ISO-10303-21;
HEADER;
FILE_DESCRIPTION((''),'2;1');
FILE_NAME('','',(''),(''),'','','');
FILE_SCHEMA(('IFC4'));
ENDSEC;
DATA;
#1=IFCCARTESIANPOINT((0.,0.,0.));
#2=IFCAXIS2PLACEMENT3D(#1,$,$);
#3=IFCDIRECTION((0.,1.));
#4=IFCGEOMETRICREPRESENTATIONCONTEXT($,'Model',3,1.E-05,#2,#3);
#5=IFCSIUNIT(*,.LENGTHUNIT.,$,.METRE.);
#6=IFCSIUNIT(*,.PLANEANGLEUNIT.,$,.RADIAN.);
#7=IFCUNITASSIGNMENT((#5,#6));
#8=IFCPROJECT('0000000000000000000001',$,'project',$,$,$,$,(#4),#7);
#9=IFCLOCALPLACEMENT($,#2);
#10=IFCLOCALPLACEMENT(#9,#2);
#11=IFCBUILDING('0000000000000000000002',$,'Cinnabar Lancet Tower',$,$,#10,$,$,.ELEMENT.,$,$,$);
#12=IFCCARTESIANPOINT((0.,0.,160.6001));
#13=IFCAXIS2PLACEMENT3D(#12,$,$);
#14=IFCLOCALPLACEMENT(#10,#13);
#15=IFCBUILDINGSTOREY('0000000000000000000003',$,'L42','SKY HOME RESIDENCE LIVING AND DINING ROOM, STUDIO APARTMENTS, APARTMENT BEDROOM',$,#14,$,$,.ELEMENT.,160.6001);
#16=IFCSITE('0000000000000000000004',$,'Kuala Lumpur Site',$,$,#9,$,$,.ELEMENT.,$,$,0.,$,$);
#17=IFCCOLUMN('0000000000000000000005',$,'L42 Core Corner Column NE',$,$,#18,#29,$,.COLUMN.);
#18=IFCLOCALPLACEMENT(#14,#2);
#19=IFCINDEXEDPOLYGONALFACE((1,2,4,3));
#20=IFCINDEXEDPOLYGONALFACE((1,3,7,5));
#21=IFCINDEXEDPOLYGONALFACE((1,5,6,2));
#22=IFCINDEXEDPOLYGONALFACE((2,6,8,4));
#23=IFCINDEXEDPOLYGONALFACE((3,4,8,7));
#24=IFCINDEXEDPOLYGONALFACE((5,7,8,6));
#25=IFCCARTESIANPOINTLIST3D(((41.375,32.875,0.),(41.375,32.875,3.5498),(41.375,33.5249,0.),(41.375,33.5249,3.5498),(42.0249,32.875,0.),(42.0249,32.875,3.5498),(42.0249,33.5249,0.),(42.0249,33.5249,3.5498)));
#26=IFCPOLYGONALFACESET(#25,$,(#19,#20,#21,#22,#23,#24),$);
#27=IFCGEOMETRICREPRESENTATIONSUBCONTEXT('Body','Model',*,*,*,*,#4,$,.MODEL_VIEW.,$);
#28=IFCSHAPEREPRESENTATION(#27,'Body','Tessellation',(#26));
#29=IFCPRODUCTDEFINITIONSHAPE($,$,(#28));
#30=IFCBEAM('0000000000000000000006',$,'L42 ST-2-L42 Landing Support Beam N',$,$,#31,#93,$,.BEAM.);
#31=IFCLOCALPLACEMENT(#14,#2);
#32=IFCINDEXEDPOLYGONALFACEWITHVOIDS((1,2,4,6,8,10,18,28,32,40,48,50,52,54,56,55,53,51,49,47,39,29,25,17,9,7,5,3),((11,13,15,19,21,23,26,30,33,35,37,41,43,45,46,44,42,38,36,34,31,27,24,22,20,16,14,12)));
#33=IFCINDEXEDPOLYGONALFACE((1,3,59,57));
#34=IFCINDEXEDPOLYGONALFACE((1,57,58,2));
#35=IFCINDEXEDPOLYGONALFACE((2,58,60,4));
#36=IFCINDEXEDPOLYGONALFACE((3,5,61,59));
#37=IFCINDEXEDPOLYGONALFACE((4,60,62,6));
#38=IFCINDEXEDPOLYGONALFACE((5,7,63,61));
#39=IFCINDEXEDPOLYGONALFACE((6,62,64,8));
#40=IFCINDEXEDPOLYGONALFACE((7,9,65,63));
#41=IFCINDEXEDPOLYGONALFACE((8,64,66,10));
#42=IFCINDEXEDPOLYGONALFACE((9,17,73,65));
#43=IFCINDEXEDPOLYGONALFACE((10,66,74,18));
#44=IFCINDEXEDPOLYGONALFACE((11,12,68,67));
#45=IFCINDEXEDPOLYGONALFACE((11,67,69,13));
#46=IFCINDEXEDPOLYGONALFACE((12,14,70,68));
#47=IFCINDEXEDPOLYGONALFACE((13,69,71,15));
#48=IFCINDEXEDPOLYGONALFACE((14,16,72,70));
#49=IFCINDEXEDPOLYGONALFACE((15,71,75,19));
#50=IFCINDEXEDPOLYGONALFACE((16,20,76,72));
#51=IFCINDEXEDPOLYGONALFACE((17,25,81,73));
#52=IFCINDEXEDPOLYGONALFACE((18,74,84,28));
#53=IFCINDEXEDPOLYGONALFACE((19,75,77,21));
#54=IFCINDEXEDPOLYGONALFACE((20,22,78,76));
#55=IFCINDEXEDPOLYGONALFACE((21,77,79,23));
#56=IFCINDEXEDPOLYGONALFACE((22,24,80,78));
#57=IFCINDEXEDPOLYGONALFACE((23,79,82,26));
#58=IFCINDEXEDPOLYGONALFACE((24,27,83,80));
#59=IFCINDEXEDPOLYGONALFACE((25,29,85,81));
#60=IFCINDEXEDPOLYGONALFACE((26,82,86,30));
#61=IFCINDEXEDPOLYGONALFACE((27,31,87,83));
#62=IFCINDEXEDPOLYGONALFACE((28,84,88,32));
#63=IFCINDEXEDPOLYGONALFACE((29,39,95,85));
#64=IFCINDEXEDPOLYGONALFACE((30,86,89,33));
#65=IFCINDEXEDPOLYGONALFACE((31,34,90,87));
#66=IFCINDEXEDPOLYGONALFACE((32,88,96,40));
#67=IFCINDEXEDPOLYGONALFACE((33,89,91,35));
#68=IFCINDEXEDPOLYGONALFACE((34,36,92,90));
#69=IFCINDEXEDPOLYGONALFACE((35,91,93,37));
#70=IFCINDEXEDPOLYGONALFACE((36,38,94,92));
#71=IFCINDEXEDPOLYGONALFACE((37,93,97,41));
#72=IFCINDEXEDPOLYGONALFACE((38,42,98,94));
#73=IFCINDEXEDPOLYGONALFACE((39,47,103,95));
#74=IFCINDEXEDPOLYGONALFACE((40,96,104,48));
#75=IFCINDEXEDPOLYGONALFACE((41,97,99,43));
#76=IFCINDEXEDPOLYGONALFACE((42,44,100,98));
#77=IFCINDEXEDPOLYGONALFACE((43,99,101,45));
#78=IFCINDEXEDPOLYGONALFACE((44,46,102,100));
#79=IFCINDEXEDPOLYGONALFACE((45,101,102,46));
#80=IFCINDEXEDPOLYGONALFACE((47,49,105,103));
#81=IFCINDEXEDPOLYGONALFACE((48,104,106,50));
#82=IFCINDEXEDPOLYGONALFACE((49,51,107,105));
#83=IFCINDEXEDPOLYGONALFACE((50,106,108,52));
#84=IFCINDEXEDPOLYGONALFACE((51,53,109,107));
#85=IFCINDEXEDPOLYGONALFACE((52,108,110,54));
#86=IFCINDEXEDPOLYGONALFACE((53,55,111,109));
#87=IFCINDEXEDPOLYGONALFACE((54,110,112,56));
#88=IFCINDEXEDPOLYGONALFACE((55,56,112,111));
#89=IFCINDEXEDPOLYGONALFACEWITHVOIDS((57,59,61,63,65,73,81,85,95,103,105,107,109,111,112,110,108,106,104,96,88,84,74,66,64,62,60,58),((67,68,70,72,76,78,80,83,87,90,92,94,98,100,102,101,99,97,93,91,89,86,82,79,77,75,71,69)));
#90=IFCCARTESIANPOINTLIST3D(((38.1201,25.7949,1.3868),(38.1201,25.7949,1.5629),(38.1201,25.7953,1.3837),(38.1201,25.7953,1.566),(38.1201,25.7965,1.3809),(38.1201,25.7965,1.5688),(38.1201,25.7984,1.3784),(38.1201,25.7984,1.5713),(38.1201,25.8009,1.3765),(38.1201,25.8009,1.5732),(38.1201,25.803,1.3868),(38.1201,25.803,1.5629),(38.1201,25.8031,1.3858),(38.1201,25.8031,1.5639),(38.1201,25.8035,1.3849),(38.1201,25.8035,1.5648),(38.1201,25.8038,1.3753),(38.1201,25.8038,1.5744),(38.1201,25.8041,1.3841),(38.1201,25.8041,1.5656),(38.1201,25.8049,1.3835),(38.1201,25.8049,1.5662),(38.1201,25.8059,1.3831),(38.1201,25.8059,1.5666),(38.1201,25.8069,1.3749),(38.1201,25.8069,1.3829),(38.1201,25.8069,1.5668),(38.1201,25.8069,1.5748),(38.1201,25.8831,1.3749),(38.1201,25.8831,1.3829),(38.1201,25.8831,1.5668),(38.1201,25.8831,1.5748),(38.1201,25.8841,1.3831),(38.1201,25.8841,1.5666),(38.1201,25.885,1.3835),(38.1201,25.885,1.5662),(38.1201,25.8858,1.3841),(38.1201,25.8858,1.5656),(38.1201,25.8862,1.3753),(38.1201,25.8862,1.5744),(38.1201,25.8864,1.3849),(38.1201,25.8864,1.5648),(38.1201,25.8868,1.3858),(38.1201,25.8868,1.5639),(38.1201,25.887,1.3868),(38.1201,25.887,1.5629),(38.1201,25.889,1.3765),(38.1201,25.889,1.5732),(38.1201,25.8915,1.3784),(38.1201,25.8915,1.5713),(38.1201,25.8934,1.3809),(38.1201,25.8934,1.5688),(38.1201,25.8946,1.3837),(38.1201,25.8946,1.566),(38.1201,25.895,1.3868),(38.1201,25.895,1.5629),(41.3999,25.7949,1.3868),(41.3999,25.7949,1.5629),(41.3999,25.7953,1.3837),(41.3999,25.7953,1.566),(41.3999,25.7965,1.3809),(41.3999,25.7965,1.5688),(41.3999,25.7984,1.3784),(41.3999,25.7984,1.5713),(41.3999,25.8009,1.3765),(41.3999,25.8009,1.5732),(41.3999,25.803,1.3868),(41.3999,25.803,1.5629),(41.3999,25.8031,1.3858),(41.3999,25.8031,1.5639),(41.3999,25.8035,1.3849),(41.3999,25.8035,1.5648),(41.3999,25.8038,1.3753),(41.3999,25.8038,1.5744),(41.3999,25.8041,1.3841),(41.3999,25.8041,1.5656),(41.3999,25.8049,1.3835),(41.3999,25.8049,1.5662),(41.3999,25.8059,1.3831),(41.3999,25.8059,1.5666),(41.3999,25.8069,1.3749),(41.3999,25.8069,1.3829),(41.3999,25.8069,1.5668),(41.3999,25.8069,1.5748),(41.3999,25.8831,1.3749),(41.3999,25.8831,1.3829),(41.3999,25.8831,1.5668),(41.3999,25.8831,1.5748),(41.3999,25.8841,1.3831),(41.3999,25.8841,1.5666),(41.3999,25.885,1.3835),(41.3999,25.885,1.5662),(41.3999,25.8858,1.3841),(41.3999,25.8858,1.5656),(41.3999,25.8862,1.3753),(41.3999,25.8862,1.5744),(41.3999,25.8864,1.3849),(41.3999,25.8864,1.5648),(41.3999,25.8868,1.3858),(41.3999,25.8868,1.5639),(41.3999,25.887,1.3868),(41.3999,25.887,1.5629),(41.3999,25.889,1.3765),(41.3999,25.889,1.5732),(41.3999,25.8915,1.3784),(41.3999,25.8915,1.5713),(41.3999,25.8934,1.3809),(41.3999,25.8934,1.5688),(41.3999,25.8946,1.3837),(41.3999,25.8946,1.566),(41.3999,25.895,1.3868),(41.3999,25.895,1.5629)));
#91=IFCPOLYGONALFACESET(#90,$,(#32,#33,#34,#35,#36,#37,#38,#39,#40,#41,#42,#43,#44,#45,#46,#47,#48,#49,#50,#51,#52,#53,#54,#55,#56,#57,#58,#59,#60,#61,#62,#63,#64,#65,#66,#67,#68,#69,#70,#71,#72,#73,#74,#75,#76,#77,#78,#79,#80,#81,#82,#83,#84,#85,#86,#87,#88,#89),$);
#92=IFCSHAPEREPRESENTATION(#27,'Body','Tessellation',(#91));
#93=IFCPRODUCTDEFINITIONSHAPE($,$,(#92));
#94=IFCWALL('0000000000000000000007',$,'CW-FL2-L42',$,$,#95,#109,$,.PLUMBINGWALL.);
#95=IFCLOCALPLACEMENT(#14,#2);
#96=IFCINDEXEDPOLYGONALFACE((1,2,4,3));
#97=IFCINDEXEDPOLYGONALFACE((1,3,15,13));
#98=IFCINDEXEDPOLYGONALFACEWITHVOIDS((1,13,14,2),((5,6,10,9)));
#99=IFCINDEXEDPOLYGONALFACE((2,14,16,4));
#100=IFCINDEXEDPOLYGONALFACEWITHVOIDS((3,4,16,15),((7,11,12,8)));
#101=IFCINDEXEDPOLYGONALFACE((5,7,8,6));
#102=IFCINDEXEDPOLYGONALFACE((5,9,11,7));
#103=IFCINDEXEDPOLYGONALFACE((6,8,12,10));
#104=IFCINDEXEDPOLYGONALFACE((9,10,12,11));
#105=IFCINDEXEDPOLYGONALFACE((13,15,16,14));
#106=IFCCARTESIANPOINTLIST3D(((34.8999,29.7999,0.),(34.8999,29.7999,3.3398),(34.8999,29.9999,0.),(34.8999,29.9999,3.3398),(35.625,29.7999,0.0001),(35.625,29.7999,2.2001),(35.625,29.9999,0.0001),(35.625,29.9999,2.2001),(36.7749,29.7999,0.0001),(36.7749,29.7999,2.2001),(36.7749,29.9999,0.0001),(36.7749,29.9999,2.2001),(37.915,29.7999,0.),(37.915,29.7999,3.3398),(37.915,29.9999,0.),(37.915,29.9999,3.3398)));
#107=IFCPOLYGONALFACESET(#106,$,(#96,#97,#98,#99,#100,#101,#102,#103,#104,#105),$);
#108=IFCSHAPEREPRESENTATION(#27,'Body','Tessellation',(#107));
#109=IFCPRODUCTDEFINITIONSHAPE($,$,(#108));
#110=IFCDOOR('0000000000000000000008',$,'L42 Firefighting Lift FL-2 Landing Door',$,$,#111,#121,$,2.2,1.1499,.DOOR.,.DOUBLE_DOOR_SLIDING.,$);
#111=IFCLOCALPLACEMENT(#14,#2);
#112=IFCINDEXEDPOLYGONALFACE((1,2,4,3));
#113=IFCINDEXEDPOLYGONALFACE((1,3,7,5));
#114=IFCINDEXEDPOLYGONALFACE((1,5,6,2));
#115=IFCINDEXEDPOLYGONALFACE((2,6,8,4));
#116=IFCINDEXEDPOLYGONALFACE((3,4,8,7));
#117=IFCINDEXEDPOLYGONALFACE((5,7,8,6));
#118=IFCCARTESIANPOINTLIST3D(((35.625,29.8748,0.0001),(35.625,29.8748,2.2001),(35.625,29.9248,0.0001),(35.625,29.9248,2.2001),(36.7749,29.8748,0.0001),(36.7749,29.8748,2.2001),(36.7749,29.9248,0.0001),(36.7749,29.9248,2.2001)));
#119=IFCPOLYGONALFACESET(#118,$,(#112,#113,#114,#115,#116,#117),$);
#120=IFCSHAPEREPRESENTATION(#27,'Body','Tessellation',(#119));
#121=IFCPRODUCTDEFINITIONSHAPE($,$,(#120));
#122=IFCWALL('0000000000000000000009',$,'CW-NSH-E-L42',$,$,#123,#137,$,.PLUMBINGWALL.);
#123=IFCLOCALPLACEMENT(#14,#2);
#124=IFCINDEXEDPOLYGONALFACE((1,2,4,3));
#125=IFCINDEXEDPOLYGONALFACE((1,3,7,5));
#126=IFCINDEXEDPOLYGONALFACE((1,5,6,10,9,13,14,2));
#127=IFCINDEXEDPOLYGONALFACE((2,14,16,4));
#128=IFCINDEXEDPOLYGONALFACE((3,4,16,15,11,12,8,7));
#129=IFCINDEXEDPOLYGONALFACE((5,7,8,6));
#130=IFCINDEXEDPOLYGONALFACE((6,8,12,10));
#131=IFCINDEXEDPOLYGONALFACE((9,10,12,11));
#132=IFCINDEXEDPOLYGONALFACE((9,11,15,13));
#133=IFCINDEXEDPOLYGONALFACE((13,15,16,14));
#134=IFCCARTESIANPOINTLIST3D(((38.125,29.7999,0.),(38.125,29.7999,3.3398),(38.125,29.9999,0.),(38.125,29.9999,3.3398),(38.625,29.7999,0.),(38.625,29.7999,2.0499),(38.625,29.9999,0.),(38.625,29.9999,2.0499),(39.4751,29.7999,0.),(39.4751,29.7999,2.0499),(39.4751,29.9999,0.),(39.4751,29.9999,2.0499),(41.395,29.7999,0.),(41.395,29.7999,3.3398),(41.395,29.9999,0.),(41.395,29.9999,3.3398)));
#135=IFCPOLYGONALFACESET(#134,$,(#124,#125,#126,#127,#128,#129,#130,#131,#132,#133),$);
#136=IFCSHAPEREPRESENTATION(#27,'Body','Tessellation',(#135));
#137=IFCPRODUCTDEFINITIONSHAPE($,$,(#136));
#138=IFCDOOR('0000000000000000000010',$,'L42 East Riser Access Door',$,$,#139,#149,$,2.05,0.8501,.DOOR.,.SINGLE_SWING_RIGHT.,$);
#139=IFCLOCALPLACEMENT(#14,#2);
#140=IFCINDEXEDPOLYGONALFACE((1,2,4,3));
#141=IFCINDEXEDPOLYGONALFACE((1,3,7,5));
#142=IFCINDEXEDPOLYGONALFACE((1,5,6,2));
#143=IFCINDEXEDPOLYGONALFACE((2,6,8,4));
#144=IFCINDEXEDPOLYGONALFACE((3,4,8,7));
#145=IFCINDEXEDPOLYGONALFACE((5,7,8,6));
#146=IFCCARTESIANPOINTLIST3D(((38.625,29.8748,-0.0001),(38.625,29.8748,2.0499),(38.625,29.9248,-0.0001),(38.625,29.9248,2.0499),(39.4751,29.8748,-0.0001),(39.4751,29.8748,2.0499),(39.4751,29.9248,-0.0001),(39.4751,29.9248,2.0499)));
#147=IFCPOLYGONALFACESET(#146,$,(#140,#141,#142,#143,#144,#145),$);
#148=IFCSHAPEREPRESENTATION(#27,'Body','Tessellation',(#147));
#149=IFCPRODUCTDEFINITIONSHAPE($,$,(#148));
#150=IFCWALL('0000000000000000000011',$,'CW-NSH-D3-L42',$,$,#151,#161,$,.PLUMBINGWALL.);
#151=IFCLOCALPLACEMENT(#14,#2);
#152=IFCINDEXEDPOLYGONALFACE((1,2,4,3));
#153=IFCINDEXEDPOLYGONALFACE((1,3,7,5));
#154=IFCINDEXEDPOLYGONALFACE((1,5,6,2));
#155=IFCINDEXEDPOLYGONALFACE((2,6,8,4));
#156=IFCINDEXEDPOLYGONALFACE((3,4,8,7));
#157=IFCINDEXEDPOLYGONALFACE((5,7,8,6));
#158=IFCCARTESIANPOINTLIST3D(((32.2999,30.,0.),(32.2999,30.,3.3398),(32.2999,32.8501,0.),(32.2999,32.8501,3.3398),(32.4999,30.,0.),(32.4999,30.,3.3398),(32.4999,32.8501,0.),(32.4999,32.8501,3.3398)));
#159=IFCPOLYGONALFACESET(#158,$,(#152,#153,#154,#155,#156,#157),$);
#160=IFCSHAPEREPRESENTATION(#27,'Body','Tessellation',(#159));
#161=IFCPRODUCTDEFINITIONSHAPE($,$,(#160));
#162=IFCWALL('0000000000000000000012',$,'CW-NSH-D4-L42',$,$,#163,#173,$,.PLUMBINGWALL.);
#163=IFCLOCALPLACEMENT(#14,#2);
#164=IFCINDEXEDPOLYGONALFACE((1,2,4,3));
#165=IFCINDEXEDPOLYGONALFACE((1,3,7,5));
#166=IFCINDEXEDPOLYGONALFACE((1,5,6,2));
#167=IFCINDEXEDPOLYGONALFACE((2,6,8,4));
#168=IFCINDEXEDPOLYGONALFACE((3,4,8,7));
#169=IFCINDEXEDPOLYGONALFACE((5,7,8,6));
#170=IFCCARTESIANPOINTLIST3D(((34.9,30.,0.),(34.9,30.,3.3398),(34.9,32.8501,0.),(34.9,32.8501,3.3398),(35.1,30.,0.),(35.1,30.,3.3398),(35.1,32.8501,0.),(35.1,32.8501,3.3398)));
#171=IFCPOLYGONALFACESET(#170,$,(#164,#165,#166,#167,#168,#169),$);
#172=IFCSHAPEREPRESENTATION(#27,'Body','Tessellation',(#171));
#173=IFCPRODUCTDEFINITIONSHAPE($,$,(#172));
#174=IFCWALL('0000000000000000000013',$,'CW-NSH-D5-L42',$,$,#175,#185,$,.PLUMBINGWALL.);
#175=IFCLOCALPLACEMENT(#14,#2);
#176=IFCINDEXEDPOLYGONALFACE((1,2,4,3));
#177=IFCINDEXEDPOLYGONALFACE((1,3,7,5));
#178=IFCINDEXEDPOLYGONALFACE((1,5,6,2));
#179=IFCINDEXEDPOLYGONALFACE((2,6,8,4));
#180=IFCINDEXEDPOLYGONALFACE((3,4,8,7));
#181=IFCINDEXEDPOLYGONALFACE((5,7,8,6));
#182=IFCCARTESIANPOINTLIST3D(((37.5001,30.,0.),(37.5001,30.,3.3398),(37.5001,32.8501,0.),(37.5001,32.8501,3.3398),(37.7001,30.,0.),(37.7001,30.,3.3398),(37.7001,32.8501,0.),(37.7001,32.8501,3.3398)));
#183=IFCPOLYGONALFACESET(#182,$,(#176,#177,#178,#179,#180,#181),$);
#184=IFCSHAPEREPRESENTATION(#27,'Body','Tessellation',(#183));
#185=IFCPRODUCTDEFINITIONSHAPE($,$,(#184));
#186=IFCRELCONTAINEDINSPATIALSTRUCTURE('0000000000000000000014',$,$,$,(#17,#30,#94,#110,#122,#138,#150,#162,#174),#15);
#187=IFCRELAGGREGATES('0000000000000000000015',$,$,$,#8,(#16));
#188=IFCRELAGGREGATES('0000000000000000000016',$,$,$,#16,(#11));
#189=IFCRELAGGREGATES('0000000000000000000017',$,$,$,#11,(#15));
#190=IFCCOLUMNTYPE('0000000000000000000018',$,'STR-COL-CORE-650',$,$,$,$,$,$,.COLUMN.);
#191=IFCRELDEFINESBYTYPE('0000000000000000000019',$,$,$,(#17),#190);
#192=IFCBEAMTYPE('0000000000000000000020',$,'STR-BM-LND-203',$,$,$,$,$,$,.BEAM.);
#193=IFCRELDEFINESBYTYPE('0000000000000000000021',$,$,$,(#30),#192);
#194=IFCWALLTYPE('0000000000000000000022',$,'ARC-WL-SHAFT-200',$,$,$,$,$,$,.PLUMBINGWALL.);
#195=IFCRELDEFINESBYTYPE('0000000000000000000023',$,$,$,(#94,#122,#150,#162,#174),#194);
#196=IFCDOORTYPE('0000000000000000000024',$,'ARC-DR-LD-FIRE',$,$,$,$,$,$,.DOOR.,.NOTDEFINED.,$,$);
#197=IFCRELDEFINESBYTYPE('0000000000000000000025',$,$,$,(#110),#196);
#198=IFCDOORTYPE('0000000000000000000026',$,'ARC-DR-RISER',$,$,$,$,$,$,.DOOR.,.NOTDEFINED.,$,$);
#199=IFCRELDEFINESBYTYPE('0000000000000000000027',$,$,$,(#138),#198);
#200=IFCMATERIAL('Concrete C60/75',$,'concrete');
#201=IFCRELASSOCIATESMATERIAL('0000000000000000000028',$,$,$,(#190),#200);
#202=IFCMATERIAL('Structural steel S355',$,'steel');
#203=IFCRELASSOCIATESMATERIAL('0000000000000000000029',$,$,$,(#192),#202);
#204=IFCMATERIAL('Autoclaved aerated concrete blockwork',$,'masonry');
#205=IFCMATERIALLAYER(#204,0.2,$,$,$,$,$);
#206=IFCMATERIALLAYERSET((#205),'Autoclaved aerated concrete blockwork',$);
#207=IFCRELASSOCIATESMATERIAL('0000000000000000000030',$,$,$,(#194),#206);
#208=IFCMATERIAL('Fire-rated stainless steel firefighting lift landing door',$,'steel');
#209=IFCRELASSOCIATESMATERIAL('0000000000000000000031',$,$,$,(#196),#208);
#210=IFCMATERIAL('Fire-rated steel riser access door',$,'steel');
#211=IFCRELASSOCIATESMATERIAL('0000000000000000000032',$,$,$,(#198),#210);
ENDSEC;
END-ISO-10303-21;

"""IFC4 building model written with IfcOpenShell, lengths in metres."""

from ifc_helpers import new_model, si_unit, direction, frame, frame_2d, origin, origin_2d, place, context, subcontext, project, spatial, rectangle, hollow_rectangle, extrude, material, layer, layer_set, material_profile, profile_set, type_object, element, fill, save


model = new_model("IFC4")

# Units and contexts
model_context = context("Model", 3, precision=1e-05, world=origin(), true_north=direction((0.0, 1.0)))
body_context = subcontext(model_context, "Body", "Model", "MODEL_VIEW")
ifc_project = project(units=[si_unit("LENGTHUNIT", "METRE"), si_unit("PLANEANGLEUNIT", "RADIAN")], contexts=[model_context])

# Site, building, storey
site_placement = place(None, origin())
site = spatial("IfcSite", under=ifc_project, at=site_placement, Name="Kuala Lumpur Site", CompositionType="ELEMENT", RefElevation=0.0)
building_placement = place(site_placement, origin())
building = spatial("IfcBuilding", under=site, at=building_placement, Name="Cinnabar Lancet Tower", CompositionType="ELEMENT")
storey_placement = place(building_placement, frame((0.0, 0.0, 160.6001)))
storey = spatial("IfcBuildingStorey", under=building, at=storey_placement, Name="L42", Description="SKY HOME RESIDENCE LIVING AND DINING ROOM, STUDIO APARTMENTS, APARTMENT BEDROOM", CompositionType="ELEMENT", Elevation=160.6001)

# Column
ifc_material_1 = material(Name="Concrete C60/75", Category="concrete")
ifc_material_profile_1 = material_profile(ifc_material_1, rectangle(XDim=0.6499, YDim=0.6499, at=origin_2d()), Name="RC-COL 650x650")
ifc_profile_set_1 = profile_set([ifc_material_profile_1], Name="Concrete C60/75")
column_type = type_object("IfcColumnType", Name="STR-COL-CORE-650", PredefinedType="COLUMN", material=ifc_profile_set_1)
column_placement = place(storey_placement, frame((41.7, 33.2, 0.0), z_axis=(0.0, 0.0, 1.0), x_axis=(1.0, 0.0, 0.0)))
element("IfcColumn", 1, at=column_placement, inside=storey, type_object=column_type, Name="L42 Core Corner Column NE", PredefinedType="COLUMN", context=body_context, shape_type="SweptSolid", body=[
    extrude(rectangle(XDim=0.6499, YDim=0.6499, at=origin_2d()), origin(), (0.0, 0.0, 1.0), 3.5498),
])

# Beam
ifc_material_2 = material(Name="Structural steel S355", Category="steel")
ifc_material_profile_2 = material_profile(ifc_material_2, hollow_rectangle(XDim=0.1001, YDim=0.2, WallThickness=0.0081, InnerFilletRadius=0.0039, OuterFilletRadius=0.012, at=origin_2d()), Name="RHS 200x100x8")
ifc_profile_set_2 = profile_set([ifc_material_profile_2], Name="Structural steel S355")
beam_type = type_object("IfcBeamType", Name="STR-BM-LND-203", PredefinedType="BEAM", material=ifc_profile_set_2)
beam_placement = place(storey_placement, frame((38.1201, 25.845, 1.4749), z_axis=(1.0, 0.0, 0.0), x_axis=(0.0, 1.0, 0.0)))
element("IfcBeam", 2, at=beam_placement, inside=storey, type_object=beam_type, Name="L42 ST-2-L42 Landing Support Beam N", PredefinedType="BEAM", context=body_context, shape_type="SweptSolid", body=[
    extrude(hollow_rectangle(XDim=0.1001, YDim=0.2, WallThickness=0.0081, InnerFilletRadius=0.0039, OuterFilletRadius=0.012, at=origin_2d()), origin(), (0.0, 0.0, 1.0), 3.2798),
])

# Walls, openings, doors
ifc_material_3 = material(Name="Autoclaved aerated concrete blockwork", Category="masonry")
ifc_layer = layer(ifc_material_3, 0.2)
ifc_layer_set = layer_set([ifc_layer], Name="Autoclaved aerated concrete blockwork")
wall_type = type_object("IfcWallType", Name="ARC-WL-SHAFT-200", PredefinedType="PLUMBINGWALL", material=ifc_layer_set)
wall_1_placement = place(storey_placement, frame((34.8999, 29.8999, 0.0), z_axis=(0.0, 0.0, 1.0), x_axis=(1.0, 0.0, 0.0)))
wall_1 = element("IfcWall", 3, at=wall_1_placement, inside=storey, type_object=wall_type, Name="CW-FL2-L42", PredefinedType="PLUMBINGWALL", context=body_context, shape_type="SweptSolid", body=[
    extrude(rectangle(XDim=3.0151, YDim=0.2, at=frame_2d((1.5076, 0.0))), origin(), (0.0, 0.0, 1.0), 3.3398),
])
opening_1_placement = place(wall_1_placement, frame((0.7251, 0.0, 0.0)))
opening_1 = element("IfcOpeningElement", 4, at=opening_1_placement, cuts=wall_1, PredefinedType="OPENING", context=body_context, shape_type="SweptSolid", body=[
    extrude(rectangle(XDim=1.1499, YDim=2.2, at=frame_2d((0.575, 1.1001))), frame((0.0, 0.1099, 0.0), z_axis=(0.0, -1.0, 0.0), x_axis=(1.0, 0.0, 0.0)), (0.0, 0.0, 1.0), 0.22),
])
ifc_material_4 = material(Name="Fire-rated stainless steel firefighting lift landing door", Category="steel")
door_type_1 = type_object("IfcDoorType", Name="ARC-DR-LD-FIRE", OperationType="NOTDEFINED", PredefinedType="DOOR", material=ifc_material_4)
door_1_placement = place(opening_1_placement, origin())
door_1 = element("IfcDoor", 5, at=door_1_placement, inside=storey, type_object=door_type_1, Name="L42 Firefighting Lift FL-2 Landing Door", OperationType="DOUBLE_DOOR_SLIDING", OverallHeight=2.2, OverallWidth=1.1499, PredefinedType="DOOR", context=body_context, shape_type="SweptSolid", body=[
    extrude(rectangle(XDim=1.1499, YDim=2.2, at=frame_2d((0.575, 1.1001))), frame((0.0, 0.0249, 0.0), z_axis=(0.0, -1.0, 0.0), x_axis=(1.0, 0.0, 0.0)), (0.0, 0.0, 1.0), 0.05),
])
fill(opening_1, door_1)
wall_2_placement = place(storey_placement, frame((38.125, 29.8999, 0.0), z_axis=(0.0, 0.0, 1.0), x_axis=(1.0, 0.0, 0.0)))
wall_2 = element("IfcWall", 6, at=wall_2_placement, inside=storey, type_object=wall_type, Name="CW-NSH-E-L42", PredefinedType="PLUMBINGWALL", context=body_context, shape_type="SweptSolid", body=[
    extrude(rectangle(XDim=3.27, YDim=0.2, at=frame_2d((1.635, 0.0))), origin(), (0.0, 0.0, 1.0), 3.3398),
])
opening_2_placement = place(wall_2_placement, frame((0.5, 0.0, 0.0)))
opening_2 = element("IfcOpeningElement", 7, at=opening_2_placement, cuts=wall_2, PredefinedType="OPENING", context=body_context, shape_type="SweptSolid", body=[
    extrude(rectangle(XDim=0.8501, YDim=2.05, at=frame_2d((0.425, 1.0249))), frame((0.0, 0.1099, 0.0), z_axis=(0.0, -1.0, 0.0), x_axis=(1.0, 0.0, 0.0)), (0.0, 0.0, 1.0), 0.22),
])
ifc_material_5 = material(Name="Fire-rated steel riser access door", Category="steel")
door_type_2 = type_object("IfcDoorType", Name="ARC-DR-RISER", OperationType="NOTDEFINED", PredefinedType="DOOR", material=ifc_material_5)
door_2_placement = place(opening_2_placement, origin())
door_2 = element("IfcDoor", 8, at=door_2_placement, inside=storey, type_object=door_type_2, Name="L42 East Riser Access Door", OperationType="SINGLE_SWING_RIGHT", OverallHeight=2.05, OverallWidth=0.8501, PredefinedType="DOOR", context=body_context, shape_type="SweptSolid", body=[
    extrude(rectangle(XDim=0.8501, YDim=2.05, at=frame_2d((0.425, 1.0249))), frame((0.0, 0.0249, 0.0), z_axis=(0.0, -1.0, 0.0), x_axis=(1.0, 0.0, 0.0)), (0.0, 0.0, 1.0), 0.05),
])
fill(opening_2, door_2)

# Walls
for number, where, z_axis, x_axis, name in (
    (9, (32.3999, 30.0, 0.0), (0.0, 0.0, 1.0), (0.0, 1.0, 0.0), "CW-NSH-D3-L42"),
    (10, (35.0, 30.0, 0.0), (0.0, 0.0, 1.0), (0.0, 1.0, 0.0), "CW-NSH-D4-L42"),
    (11, (37.6001, 30.0, 0.0), (0.0, 0.0, 1.0), (0.0, 1.0, 0.0), "CW-NSH-D5-L42"),
):
    element("IfcWall", number, at=place(storey_placement, frame(where, z_axis=z_axis, x_axis=x_axis)), inside=storey, type_object=wall_type, Name=name, PredefinedType="PLUMBINGWALL", context=body_context, shape_type="SweptSolid", body=[
        extrude(rectangle(XDim=2.8501, YDim=0.2, at=frame_2d((1.425, 0.0))), origin(), (0.0, 0.0, 1.0), 3.3398),
    ])

save(model, "model.ifc")
